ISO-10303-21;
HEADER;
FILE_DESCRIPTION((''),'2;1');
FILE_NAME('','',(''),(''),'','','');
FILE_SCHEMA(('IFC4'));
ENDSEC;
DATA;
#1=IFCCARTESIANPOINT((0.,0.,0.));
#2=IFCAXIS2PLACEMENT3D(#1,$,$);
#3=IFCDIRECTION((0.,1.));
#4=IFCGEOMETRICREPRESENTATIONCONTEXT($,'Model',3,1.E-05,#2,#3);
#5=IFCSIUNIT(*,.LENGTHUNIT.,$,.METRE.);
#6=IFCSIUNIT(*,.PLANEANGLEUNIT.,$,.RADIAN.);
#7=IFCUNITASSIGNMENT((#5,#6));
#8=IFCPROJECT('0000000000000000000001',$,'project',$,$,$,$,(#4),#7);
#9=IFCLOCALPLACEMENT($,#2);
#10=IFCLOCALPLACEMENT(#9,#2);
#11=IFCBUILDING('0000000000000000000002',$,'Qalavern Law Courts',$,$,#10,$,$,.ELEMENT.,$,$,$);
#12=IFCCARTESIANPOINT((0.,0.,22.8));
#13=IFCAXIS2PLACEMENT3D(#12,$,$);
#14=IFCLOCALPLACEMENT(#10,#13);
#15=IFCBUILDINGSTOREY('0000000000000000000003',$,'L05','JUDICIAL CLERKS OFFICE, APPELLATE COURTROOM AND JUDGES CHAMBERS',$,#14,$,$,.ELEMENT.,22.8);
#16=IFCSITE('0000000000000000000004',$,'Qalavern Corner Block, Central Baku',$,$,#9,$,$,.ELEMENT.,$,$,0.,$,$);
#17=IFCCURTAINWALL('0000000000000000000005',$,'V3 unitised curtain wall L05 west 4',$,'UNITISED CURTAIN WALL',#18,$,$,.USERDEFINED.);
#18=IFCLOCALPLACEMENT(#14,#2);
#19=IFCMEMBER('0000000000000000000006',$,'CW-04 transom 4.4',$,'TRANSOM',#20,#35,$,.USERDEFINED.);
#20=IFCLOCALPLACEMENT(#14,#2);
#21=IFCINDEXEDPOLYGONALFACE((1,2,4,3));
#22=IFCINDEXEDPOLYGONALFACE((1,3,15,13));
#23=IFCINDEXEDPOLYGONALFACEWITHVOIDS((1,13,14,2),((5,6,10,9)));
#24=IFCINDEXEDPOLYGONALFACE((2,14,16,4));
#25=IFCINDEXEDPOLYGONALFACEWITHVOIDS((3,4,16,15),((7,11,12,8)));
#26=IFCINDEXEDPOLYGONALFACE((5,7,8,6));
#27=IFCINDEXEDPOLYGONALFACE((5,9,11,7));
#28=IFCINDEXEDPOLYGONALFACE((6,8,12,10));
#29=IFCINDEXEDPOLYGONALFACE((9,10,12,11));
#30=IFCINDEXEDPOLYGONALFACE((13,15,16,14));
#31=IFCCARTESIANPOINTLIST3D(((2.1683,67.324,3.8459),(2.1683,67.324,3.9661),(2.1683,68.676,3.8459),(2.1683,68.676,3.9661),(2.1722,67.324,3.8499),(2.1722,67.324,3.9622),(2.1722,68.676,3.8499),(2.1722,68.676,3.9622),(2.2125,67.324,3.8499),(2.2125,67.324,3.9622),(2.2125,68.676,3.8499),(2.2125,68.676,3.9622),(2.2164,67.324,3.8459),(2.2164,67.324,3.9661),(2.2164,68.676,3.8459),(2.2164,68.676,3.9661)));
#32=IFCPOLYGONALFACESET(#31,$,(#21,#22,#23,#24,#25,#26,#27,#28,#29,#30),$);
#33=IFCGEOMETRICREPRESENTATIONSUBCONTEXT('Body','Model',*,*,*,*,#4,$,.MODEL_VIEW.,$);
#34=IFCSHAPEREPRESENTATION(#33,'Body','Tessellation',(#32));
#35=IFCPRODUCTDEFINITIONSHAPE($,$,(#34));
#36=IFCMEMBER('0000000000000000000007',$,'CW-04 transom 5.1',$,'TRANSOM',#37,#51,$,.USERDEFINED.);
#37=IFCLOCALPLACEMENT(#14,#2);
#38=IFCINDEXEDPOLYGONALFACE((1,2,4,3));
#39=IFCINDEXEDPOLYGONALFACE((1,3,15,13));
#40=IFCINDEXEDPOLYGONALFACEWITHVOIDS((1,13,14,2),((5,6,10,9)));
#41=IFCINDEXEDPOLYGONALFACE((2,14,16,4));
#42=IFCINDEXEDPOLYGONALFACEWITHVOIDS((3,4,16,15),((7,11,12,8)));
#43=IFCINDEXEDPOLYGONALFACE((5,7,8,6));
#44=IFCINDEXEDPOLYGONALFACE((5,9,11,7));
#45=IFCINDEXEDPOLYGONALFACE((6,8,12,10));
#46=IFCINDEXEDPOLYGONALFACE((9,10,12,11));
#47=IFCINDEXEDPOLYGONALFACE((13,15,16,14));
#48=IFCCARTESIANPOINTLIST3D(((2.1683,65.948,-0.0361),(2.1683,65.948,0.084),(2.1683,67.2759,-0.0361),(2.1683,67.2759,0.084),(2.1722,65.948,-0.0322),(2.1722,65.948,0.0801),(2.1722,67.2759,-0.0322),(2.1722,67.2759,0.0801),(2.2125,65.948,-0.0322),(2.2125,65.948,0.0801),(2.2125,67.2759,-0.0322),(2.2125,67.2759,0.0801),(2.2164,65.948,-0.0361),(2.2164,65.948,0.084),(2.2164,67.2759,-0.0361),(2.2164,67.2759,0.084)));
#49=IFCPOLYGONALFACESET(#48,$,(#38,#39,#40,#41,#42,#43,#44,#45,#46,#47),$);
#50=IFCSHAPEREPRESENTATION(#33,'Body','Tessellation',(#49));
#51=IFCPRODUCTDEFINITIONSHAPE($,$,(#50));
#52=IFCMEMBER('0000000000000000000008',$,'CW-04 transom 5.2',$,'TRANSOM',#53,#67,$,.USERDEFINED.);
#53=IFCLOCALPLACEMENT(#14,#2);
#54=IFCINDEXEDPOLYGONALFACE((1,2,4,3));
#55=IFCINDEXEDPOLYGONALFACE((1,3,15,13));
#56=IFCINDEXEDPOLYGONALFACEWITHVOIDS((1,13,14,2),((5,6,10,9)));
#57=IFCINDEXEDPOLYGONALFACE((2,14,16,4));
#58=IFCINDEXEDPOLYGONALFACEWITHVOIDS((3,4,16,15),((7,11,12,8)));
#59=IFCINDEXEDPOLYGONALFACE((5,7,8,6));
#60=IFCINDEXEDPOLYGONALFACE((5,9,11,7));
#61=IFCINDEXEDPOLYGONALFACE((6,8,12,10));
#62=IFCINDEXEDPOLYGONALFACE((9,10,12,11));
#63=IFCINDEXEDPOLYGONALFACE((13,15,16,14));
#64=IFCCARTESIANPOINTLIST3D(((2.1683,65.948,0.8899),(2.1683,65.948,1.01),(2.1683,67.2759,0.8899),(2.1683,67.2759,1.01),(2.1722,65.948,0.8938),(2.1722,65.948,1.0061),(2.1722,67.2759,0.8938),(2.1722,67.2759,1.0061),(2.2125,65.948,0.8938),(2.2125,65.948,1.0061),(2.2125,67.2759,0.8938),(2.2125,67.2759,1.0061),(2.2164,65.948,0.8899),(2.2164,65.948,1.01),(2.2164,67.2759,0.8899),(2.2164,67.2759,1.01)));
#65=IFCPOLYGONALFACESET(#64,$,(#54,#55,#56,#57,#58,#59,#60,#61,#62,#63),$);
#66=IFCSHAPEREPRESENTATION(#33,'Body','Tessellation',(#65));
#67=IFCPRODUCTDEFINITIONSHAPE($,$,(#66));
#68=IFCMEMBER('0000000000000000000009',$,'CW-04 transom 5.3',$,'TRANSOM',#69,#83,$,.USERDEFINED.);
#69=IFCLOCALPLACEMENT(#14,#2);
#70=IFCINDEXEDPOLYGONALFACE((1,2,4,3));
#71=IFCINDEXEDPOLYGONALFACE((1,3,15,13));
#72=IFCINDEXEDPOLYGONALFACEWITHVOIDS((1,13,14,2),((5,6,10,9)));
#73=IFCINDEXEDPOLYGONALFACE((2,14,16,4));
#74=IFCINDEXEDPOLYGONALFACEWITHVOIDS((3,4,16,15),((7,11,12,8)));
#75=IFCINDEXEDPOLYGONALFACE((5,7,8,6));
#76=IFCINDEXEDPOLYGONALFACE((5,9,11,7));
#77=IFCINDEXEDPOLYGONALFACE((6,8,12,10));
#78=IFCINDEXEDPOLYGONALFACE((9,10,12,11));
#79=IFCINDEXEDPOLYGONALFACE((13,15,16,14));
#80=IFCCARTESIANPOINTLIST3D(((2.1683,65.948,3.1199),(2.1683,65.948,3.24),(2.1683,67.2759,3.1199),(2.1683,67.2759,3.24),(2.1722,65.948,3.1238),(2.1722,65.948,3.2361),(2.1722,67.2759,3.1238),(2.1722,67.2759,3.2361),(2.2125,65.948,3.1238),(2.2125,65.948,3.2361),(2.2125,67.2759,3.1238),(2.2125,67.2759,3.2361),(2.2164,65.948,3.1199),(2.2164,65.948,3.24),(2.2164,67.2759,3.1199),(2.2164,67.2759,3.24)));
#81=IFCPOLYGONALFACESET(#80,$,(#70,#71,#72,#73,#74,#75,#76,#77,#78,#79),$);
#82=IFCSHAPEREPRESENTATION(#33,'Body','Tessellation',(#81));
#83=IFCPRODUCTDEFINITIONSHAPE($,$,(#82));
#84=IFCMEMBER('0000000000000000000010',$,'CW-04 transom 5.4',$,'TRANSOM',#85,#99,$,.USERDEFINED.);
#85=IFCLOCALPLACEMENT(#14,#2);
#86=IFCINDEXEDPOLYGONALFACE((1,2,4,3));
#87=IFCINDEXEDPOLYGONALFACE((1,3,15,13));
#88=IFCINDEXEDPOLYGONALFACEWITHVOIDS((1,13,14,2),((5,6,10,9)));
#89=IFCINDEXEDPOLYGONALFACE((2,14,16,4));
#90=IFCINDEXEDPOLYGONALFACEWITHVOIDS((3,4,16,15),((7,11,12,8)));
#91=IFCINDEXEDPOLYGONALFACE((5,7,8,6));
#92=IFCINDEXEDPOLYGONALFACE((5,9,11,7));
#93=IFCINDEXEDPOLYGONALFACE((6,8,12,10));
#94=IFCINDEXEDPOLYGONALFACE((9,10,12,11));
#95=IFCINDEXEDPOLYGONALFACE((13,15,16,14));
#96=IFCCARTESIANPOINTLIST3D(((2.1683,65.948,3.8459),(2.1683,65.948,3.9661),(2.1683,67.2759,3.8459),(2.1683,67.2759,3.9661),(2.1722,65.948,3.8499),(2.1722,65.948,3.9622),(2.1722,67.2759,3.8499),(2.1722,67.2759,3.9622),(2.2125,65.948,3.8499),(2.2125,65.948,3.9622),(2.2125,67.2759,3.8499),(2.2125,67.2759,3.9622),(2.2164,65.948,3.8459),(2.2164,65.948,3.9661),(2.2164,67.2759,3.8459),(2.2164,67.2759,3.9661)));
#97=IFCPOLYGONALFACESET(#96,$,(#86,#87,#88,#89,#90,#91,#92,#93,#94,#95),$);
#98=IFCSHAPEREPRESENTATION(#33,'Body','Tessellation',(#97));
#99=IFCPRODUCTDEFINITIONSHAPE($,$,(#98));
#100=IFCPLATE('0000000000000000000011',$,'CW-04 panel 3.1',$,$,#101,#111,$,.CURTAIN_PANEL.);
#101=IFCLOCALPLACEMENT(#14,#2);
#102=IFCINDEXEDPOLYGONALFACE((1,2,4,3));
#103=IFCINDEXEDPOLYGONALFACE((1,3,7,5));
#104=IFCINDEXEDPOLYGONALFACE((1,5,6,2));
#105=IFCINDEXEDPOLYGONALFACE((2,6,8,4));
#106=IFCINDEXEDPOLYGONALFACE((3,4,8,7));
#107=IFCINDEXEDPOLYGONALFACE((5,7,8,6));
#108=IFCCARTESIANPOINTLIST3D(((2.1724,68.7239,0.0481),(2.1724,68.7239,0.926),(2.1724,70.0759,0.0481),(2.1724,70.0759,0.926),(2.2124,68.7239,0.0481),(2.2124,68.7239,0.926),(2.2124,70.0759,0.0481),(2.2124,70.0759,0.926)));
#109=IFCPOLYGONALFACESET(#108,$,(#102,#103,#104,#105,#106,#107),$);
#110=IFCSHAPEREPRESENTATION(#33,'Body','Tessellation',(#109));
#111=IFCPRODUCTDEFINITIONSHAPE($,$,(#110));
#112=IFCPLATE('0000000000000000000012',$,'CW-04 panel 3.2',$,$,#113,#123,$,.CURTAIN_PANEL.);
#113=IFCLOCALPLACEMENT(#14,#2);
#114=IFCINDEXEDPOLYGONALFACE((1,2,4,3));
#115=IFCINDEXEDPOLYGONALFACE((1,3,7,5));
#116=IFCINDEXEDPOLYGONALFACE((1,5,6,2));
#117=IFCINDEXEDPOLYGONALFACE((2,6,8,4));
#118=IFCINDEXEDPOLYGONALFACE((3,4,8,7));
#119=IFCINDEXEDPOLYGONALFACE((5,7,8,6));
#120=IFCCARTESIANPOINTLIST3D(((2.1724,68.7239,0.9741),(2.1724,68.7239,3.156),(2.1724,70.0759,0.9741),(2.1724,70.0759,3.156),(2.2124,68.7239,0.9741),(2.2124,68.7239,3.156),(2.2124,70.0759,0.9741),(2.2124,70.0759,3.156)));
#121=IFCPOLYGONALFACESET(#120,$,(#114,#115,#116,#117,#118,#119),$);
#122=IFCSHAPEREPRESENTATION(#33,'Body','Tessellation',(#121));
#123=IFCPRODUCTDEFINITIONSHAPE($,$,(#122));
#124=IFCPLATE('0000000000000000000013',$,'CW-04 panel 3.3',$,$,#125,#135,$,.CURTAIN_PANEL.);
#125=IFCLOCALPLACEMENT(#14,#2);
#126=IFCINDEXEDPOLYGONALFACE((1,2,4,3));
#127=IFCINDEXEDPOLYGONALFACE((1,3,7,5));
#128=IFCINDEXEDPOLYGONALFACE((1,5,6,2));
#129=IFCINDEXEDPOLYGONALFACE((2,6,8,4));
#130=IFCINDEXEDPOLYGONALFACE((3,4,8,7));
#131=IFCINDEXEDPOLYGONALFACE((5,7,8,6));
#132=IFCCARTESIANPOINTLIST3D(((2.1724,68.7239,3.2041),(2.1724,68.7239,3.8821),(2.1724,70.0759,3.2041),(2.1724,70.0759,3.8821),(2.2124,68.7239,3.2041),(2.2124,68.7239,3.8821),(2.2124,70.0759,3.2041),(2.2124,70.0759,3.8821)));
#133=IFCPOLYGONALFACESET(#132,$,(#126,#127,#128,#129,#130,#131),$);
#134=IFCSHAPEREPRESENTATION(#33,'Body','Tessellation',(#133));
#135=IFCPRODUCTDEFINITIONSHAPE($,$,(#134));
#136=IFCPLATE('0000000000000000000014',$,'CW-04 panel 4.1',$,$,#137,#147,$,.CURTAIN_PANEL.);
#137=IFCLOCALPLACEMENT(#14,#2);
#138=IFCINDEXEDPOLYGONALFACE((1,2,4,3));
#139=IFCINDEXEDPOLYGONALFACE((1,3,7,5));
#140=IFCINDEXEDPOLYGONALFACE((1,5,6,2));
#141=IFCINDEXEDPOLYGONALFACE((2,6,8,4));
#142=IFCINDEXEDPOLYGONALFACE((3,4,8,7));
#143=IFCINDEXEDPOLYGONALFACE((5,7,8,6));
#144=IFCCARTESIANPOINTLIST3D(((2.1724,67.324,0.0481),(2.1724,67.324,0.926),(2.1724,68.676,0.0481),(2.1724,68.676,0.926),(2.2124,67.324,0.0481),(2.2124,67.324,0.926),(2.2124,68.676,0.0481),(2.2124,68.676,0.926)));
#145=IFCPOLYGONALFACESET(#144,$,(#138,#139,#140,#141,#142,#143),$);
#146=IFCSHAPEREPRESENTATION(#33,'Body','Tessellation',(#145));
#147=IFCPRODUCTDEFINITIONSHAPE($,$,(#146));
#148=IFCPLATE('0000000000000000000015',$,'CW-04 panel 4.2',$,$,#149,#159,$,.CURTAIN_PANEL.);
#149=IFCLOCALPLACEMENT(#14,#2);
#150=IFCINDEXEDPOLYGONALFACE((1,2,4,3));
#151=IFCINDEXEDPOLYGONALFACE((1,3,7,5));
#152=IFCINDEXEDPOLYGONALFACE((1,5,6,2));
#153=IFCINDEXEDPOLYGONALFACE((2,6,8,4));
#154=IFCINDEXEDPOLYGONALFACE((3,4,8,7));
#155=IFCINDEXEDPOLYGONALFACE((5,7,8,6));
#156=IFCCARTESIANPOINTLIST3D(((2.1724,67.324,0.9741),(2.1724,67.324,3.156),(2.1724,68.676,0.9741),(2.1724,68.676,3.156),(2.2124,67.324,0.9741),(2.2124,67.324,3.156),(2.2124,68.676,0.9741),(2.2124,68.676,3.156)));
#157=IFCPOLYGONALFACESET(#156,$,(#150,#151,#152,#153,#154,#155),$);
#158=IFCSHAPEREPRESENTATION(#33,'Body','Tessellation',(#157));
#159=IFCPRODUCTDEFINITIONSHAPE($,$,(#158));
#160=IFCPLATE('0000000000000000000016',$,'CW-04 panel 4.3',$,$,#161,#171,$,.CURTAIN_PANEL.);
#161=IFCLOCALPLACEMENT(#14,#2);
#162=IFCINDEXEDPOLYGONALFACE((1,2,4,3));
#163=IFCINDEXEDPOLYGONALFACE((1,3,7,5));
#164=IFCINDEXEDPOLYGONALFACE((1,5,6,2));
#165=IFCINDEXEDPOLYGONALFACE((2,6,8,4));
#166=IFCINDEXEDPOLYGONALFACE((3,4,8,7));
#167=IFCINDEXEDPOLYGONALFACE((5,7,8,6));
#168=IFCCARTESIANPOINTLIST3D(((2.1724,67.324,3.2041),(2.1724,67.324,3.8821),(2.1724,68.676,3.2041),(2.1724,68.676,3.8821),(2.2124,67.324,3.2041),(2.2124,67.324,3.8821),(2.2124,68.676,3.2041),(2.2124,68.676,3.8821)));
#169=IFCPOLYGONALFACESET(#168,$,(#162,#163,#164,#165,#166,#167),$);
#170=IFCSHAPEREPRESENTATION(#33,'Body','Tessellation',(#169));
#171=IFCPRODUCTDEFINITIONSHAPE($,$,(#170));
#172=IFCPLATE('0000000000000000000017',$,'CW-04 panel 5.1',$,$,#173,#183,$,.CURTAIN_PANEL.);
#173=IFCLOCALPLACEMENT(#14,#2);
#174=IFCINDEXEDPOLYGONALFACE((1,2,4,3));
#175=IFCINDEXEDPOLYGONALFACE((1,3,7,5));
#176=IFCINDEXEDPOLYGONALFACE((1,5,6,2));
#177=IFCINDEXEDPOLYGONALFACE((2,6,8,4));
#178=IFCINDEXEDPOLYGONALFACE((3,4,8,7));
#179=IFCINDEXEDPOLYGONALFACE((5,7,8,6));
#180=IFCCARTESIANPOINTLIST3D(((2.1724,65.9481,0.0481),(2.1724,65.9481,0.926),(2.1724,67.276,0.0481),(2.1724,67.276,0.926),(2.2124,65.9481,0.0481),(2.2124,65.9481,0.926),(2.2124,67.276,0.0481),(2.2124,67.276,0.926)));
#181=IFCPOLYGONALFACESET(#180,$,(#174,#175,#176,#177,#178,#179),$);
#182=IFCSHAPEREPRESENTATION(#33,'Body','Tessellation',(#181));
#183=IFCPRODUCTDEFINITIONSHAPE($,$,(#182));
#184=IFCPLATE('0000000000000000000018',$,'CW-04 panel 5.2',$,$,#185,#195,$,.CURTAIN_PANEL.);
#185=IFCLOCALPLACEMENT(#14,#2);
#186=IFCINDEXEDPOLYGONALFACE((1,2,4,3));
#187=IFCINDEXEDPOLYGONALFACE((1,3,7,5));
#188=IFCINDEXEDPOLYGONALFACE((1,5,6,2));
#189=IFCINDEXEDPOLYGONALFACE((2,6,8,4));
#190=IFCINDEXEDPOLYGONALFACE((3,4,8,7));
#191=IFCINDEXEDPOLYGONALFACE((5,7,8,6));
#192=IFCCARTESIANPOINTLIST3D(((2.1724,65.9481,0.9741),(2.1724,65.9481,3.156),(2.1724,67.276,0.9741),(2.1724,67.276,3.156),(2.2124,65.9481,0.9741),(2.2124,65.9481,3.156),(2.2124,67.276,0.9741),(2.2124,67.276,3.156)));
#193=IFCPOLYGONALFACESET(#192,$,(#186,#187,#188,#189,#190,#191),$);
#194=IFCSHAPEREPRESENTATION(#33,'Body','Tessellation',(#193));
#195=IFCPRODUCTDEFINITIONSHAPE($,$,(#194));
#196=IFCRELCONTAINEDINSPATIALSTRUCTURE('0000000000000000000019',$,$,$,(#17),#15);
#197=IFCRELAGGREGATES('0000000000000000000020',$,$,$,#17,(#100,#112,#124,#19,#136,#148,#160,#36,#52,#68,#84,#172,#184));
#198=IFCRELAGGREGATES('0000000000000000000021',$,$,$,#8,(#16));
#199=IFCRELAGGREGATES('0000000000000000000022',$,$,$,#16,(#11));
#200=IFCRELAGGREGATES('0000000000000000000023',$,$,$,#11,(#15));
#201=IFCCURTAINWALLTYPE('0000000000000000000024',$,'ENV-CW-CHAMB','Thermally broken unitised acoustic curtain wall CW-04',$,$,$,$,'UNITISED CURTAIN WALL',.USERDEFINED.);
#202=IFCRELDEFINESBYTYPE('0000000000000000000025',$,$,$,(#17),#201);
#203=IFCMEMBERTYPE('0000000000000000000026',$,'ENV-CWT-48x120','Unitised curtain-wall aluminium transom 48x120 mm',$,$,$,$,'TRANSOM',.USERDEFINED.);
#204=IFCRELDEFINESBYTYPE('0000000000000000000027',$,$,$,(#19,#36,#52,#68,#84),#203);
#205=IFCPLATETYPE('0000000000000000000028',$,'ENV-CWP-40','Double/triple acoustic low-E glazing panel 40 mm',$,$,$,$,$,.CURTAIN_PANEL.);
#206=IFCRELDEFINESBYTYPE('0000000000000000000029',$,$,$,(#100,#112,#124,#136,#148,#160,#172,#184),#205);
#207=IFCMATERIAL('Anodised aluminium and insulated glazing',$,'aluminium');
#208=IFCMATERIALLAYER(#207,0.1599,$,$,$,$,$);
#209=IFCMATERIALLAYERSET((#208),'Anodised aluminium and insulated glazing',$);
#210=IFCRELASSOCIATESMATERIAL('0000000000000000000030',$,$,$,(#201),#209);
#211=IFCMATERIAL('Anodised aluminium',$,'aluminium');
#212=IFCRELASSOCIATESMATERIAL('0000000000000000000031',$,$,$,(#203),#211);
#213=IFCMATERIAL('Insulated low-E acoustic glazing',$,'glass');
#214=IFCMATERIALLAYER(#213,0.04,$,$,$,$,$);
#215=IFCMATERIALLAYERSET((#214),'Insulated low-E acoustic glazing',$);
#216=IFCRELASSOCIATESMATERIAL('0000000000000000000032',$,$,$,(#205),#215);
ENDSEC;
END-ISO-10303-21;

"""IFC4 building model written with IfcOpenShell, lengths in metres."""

from ifc_helpers import new_model, si_unit, direction, frame, origin, origin_2d, place, context, subcontext, project, spatial, rectangle, hollow_rectangle, extrude, material, layer, layer_set, material_profile, profile_set, type_object, element, aggregate, save


model = new_model("IFC4")

# Units and contexts
model_context = context("Model", 3, precision=1e-05, world=origin(), true_north=direction((0.0, 1.0)))
body_context = subcontext(model_context, "Body", "Model", "MODEL_VIEW")
ifc_project = project(units=[si_unit("LENGTHUNIT", "METRE"), si_unit("PLANEANGLEUNIT", "RADIAN")], contexts=[model_context])

# Site, building, storey
site_placement = place(None, origin())
site = spatial("IfcSite", under=ifc_project, at=site_placement, Name="Qalavern Corner Block, Central Baku", CompositionType="ELEMENT", RefElevation=0.0)
building_placement = place(site_placement, origin())
building = spatial("IfcBuilding", under=site, at=building_placement, Name="Qalavern Law Courts", CompositionType="ELEMENT")
storey_placement = place(building_placement, frame((0.0, 0.0, 22.8)))
storey = spatial("IfcBuildingStorey", under=building, at=storey_placement, Name="L05", Description="JUDICIAL CLERKS OFFICE, APPELLATE COURTROOM AND JUDGES CHAMBERS", CompositionType="ELEMENT", Elevation=22.8)

# Curtain wall, members, plates
ifc_material_1 = material(Name="Anodised aluminium and insulated glazing", Category="aluminium")
ifc_layer_1 = layer(ifc_material_1, 0.1599)
ifc_layer_set_1 = layer_set([ifc_layer_1], Name="Anodised aluminium and insulated glazing")
curtain_wall_type = type_object("IfcCurtainWallType", Name="ENV-CW-CHAMB", Description="Thermally broken unitised acoustic curtain wall CW-04", ElementType="UNITISED CURTAIN WALL", PredefinedType="USERDEFINED", material=ifc_layer_set_1)
curtain_wall_placement = place(storey_placement, origin())
curtain_wall = element("IfcCurtainWall", 1, at=curtain_wall_placement, inside=storey, type_object=curtain_wall_type, Name="V3 unitised curtain wall L05 west 4", ObjectType="UNITISED CURTAIN WALL", PredefinedType="USERDEFINED")
ifc_material_2 = material(Name="Anodised aluminium", Category="aluminium")
ifc_material_profile_1 = material_profile(ifc_material_2, hollow_rectangle(XDim=0.0481, YDim=0.1201, WallThickness=0.0039, at=origin_2d()), Name="ALU TRANSOM 48x120")
ifc_profile_set_1 = profile_set([ifc_material_profile_1], Name="Anodised aluminium")
member_type_1 = type_object("IfcMemberType", Name="ENV-CWT-48x120", Description="Unitised curtain-wall aluminium transom 48x120 mm", ElementType="TRANSOM", PredefinedType="USERDEFINED", material=ifc_profile_set_1)
member_1_placement = place(storey_placement, frame((2.1924, 68.676, 3.906), z_axis=(0.0, -1.0, 0.0), x_axis=(1.0, 0.0, 0.0)))
member_1 = element("IfcMember", 2, at=member_1_placement, type_object=member_type_1, Name="CW-04 transom 4.4", ObjectType="TRANSOM", PredefinedType="USERDEFINED", context=body_context, shape_type="SweptSolid", body=[
    extrude(hollow_rectangle(XDim=0.0481, YDim=0.1201, WallThickness=0.0039, at=origin_2d()), origin(), (0.0, 0.0, 1.0), 1.3521),
])
member_2_placement = place(storey_placement, frame((2.1924, 67.2759, 0.0239), z_axis=(0.0, -1.0, 0.0), x_axis=(1.0, 0.0, 0.0)))
member_2 = element("IfcMember", 3, at=member_2_placement, type_object=member_type_1, Name="CW-04 transom 5.1", ObjectType="TRANSOM", PredefinedType="USERDEFINED", context=body_context, shape_type="SweptSolid", body=[
    extrude(hollow_rectangle(XDim=0.0481, YDim=0.1201, WallThickness=0.0039, at=origin_2d()), origin(), (0.0, 0.0, 1.0), 1.3279),
])
member_3_placement = place(storey_placement, frame((2.1924, 67.2759, 0.95), z_axis=(0.0, -1.0, 0.0), x_axis=(1.0, 0.0, 0.0)))
member_3 = element("IfcMember", 4, at=member_3_placement, type_object=member_type_1, Name="CW-04 transom 5.2", ObjectType="TRANSOM", PredefinedType="USERDEFINED", context=body_context, shape_type="SweptSolid", body=[
    extrude(hollow_rectangle(XDim=0.0481, YDim=0.1201, WallThickness=0.0039, at=origin_2d()), origin(), (0.0, 0.0, 1.0), 1.3279),
])
member_4_placement = place(storey_placement, frame((2.1924, 67.2759, 3.1799), z_axis=(0.0, -1.0, 0.0), x_axis=(1.0, 0.0, 0.0)))
member_4 = element("IfcMember", 5, at=member_4_placement, type_object=member_type_1, Name="CW-04 transom 5.3", ObjectType="TRANSOM", PredefinedType="USERDEFINED", context=body_context, shape_type="SweptSolid", body=[
    extrude(hollow_rectangle(XDim=0.0481, YDim=0.1201, WallThickness=0.0039, at=origin_2d()), origin(), (0.0, 0.0, 1.0), 1.3279),
])
member_5_placement = place(storey_placement, frame((2.1924, 67.2759, 3.906), z_axis=(0.0, -1.0, 0.0), x_axis=(1.0, 0.0, 0.0)))
member_5 = element("IfcMember", 6, at=member_5_placement, type_object=member_type_1, Name="CW-04 transom 5.4", ObjectType="TRANSOM", PredefinedType="USERDEFINED", context=body_context, shape_type="SweptSolid", body=[
    extrude(hollow_rectangle(XDim=0.0481, YDim=0.1201, WallThickness=0.0039, at=origin_2d()), origin(), (0.0, 0.0, 1.0), 1.3279),
])
ifc_material_3 = material(Name="Insulated low-E acoustic glazing", Category="glass")
ifc_layer_2 = layer(ifc_material_3, 0.04)
ifc_layer_set_2 = layer_set([ifc_layer_2], Name="Insulated low-E acoustic glazing")
plate_type = type_object("IfcPlateType", Name="ENV-CWP-40", Description="Double/triple acoustic low-E glazing panel 40 mm", PredefinedType="CURTAIN_PANEL", material=ifc_layer_set_2)
plate_1_placement = place(storey_placement, frame((2.1924, 69.3999, 0.0481), z_axis=(0.0, 0.0, 1.0), x_axis=(0.0, -1.0, 0.0)))
plate_1 = element("IfcPlate", 7, at=plate_1_placement, type_object=plate_type, Name="CW-04 panel 3.1", PredefinedType="CURTAIN_PANEL", context=body_context, shape_type="SweptSolid", body=[
    extrude(rectangle(XDim=1.3521, YDim=0.04, at=origin_2d()), origin(), (0.0, 0.0, 1.0), 0.8779),
])
plate_2_placement = place(storey_placement, frame((2.1924, 69.3999, 0.9741), z_axis=(0.0, 0.0, 1.0), x_axis=(0.0, -1.0, 0.0)))
plate_2 = element("IfcPlate", 8, at=plate_2_placement, type_object=plate_type, Name="CW-04 panel 3.2", PredefinedType="CURTAIN_PANEL", context=body_context, shape_type="SweptSolid", body=[
    extrude(rectangle(XDim=1.3521, YDim=0.04, at=origin_2d()), origin(), (0.0, 0.0, 1.0), 2.1819),
])
plate_3_placement = place(storey_placement, frame((2.1924, 69.3999, 3.2041), z_axis=(0.0, 0.0, 1.0), x_axis=(0.0, -1.0, 0.0)))
plate_3 = element("IfcPlate", 9, at=plate_3_placement, type_object=plate_type, Name="CW-04 panel 3.3", PredefinedType="CURTAIN_PANEL", context=body_context, shape_type="SweptSolid", body=[
    extrude(rectangle(XDim=1.3521, YDim=0.04, at=origin_2d()), origin(), (0.0, 0.0, 1.0), 0.678),
])
plate_4_placement = place(storey_placement, frame((2.1924, 68.0, 0.0481), z_axis=(0.0, 0.0, 1.0), x_axis=(0.0, -1.0, 0.0)))
plate_4 = element("IfcPlate", 10, at=plate_4_placement, type_object=plate_type, Name="CW-04 panel 4.1", PredefinedType="CURTAIN_PANEL", context=body_context, shape_type="SweptSolid", body=[
    extrude(rectangle(XDim=1.3521, YDim=0.04, at=origin_2d()), origin(), (0.0, 0.0, 1.0), 0.8779),
])
plate_5_placement = place(storey_placement, frame((2.1924, 68.0, 0.9741), z_axis=(0.0, 0.0, 1.0), x_axis=(0.0, -1.0, 0.0)))
plate_5 = element("IfcPlate", 11, at=plate_5_placement, type_object=plate_type, Name="CW-04 panel 4.2", PredefinedType="CURTAIN_PANEL", context=body_context, shape_type="SweptSolid", body=[
    extrude(rectangle(XDim=1.3521, YDim=0.04, at=origin_2d()), origin(), (0.0, 0.0, 1.0), 2.1819),
])
plate_6_placement = place(storey_placement, frame((2.1924, 68.0, 3.2041), z_axis=(0.0, 0.0, 1.0), x_axis=(0.0, -1.0, 0.0)))
plate_6 = element("IfcPlate", 12, at=plate_6_placement, type_object=plate_type, Name="CW-04 panel 4.3", PredefinedType="CURTAIN_PANEL", context=body_context, shape_type="SweptSolid", body=[
    extrude(rectangle(XDim=1.3521, YDim=0.04, at=origin_2d()), origin(), (0.0, 0.0, 1.0), 0.678),
])
plate_7_placement = place(storey_placement, frame((2.1924, 66.6121, 0.0481), z_axis=(0.0, 0.0, 1.0), x_axis=(0.0, -1.0, 0.0)))
plate_7 = element("IfcPlate", 13, at=plate_7_placement, type_object=plate_type, Name="CW-04 panel 5.1", PredefinedType="CURTAIN_PANEL", context=body_context, shape_type="SweptSolid", body=[
    extrude(rectangle(XDim=1.3279, YDim=0.04, at=origin_2d()), origin(), (0.0, 0.0, 1.0), 0.8779),
])
plate_8_placement = place(storey_placement, frame((2.1924, 66.6121, 0.9741), z_axis=(0.0, 0.0, 1.0), x_axis=(0.0, -1.0, 0.0)))
plate_8 = element("IfcPlate", 14, at=plate_8_placement, type_object=plate_type, Name="CW-04 panel 5.2", PredefinedType="CURTAIN_PANEL", context=body_context, shape_type="SweptSolid", body=[
    extrude(rectangle(XDim=1.3279, YDim=0.04, at=origin_2d()), origin(), (0.0, 0.0, 1.0), 2.1819),
])
aggregate(curtain_wall, [plate_1, plate_2, plate_3, member_1, plate_4, plate_5, plate_6, member_2, member_3, member_4, member_5, plate_7, plate_8])

save(model, "model.ifc")
